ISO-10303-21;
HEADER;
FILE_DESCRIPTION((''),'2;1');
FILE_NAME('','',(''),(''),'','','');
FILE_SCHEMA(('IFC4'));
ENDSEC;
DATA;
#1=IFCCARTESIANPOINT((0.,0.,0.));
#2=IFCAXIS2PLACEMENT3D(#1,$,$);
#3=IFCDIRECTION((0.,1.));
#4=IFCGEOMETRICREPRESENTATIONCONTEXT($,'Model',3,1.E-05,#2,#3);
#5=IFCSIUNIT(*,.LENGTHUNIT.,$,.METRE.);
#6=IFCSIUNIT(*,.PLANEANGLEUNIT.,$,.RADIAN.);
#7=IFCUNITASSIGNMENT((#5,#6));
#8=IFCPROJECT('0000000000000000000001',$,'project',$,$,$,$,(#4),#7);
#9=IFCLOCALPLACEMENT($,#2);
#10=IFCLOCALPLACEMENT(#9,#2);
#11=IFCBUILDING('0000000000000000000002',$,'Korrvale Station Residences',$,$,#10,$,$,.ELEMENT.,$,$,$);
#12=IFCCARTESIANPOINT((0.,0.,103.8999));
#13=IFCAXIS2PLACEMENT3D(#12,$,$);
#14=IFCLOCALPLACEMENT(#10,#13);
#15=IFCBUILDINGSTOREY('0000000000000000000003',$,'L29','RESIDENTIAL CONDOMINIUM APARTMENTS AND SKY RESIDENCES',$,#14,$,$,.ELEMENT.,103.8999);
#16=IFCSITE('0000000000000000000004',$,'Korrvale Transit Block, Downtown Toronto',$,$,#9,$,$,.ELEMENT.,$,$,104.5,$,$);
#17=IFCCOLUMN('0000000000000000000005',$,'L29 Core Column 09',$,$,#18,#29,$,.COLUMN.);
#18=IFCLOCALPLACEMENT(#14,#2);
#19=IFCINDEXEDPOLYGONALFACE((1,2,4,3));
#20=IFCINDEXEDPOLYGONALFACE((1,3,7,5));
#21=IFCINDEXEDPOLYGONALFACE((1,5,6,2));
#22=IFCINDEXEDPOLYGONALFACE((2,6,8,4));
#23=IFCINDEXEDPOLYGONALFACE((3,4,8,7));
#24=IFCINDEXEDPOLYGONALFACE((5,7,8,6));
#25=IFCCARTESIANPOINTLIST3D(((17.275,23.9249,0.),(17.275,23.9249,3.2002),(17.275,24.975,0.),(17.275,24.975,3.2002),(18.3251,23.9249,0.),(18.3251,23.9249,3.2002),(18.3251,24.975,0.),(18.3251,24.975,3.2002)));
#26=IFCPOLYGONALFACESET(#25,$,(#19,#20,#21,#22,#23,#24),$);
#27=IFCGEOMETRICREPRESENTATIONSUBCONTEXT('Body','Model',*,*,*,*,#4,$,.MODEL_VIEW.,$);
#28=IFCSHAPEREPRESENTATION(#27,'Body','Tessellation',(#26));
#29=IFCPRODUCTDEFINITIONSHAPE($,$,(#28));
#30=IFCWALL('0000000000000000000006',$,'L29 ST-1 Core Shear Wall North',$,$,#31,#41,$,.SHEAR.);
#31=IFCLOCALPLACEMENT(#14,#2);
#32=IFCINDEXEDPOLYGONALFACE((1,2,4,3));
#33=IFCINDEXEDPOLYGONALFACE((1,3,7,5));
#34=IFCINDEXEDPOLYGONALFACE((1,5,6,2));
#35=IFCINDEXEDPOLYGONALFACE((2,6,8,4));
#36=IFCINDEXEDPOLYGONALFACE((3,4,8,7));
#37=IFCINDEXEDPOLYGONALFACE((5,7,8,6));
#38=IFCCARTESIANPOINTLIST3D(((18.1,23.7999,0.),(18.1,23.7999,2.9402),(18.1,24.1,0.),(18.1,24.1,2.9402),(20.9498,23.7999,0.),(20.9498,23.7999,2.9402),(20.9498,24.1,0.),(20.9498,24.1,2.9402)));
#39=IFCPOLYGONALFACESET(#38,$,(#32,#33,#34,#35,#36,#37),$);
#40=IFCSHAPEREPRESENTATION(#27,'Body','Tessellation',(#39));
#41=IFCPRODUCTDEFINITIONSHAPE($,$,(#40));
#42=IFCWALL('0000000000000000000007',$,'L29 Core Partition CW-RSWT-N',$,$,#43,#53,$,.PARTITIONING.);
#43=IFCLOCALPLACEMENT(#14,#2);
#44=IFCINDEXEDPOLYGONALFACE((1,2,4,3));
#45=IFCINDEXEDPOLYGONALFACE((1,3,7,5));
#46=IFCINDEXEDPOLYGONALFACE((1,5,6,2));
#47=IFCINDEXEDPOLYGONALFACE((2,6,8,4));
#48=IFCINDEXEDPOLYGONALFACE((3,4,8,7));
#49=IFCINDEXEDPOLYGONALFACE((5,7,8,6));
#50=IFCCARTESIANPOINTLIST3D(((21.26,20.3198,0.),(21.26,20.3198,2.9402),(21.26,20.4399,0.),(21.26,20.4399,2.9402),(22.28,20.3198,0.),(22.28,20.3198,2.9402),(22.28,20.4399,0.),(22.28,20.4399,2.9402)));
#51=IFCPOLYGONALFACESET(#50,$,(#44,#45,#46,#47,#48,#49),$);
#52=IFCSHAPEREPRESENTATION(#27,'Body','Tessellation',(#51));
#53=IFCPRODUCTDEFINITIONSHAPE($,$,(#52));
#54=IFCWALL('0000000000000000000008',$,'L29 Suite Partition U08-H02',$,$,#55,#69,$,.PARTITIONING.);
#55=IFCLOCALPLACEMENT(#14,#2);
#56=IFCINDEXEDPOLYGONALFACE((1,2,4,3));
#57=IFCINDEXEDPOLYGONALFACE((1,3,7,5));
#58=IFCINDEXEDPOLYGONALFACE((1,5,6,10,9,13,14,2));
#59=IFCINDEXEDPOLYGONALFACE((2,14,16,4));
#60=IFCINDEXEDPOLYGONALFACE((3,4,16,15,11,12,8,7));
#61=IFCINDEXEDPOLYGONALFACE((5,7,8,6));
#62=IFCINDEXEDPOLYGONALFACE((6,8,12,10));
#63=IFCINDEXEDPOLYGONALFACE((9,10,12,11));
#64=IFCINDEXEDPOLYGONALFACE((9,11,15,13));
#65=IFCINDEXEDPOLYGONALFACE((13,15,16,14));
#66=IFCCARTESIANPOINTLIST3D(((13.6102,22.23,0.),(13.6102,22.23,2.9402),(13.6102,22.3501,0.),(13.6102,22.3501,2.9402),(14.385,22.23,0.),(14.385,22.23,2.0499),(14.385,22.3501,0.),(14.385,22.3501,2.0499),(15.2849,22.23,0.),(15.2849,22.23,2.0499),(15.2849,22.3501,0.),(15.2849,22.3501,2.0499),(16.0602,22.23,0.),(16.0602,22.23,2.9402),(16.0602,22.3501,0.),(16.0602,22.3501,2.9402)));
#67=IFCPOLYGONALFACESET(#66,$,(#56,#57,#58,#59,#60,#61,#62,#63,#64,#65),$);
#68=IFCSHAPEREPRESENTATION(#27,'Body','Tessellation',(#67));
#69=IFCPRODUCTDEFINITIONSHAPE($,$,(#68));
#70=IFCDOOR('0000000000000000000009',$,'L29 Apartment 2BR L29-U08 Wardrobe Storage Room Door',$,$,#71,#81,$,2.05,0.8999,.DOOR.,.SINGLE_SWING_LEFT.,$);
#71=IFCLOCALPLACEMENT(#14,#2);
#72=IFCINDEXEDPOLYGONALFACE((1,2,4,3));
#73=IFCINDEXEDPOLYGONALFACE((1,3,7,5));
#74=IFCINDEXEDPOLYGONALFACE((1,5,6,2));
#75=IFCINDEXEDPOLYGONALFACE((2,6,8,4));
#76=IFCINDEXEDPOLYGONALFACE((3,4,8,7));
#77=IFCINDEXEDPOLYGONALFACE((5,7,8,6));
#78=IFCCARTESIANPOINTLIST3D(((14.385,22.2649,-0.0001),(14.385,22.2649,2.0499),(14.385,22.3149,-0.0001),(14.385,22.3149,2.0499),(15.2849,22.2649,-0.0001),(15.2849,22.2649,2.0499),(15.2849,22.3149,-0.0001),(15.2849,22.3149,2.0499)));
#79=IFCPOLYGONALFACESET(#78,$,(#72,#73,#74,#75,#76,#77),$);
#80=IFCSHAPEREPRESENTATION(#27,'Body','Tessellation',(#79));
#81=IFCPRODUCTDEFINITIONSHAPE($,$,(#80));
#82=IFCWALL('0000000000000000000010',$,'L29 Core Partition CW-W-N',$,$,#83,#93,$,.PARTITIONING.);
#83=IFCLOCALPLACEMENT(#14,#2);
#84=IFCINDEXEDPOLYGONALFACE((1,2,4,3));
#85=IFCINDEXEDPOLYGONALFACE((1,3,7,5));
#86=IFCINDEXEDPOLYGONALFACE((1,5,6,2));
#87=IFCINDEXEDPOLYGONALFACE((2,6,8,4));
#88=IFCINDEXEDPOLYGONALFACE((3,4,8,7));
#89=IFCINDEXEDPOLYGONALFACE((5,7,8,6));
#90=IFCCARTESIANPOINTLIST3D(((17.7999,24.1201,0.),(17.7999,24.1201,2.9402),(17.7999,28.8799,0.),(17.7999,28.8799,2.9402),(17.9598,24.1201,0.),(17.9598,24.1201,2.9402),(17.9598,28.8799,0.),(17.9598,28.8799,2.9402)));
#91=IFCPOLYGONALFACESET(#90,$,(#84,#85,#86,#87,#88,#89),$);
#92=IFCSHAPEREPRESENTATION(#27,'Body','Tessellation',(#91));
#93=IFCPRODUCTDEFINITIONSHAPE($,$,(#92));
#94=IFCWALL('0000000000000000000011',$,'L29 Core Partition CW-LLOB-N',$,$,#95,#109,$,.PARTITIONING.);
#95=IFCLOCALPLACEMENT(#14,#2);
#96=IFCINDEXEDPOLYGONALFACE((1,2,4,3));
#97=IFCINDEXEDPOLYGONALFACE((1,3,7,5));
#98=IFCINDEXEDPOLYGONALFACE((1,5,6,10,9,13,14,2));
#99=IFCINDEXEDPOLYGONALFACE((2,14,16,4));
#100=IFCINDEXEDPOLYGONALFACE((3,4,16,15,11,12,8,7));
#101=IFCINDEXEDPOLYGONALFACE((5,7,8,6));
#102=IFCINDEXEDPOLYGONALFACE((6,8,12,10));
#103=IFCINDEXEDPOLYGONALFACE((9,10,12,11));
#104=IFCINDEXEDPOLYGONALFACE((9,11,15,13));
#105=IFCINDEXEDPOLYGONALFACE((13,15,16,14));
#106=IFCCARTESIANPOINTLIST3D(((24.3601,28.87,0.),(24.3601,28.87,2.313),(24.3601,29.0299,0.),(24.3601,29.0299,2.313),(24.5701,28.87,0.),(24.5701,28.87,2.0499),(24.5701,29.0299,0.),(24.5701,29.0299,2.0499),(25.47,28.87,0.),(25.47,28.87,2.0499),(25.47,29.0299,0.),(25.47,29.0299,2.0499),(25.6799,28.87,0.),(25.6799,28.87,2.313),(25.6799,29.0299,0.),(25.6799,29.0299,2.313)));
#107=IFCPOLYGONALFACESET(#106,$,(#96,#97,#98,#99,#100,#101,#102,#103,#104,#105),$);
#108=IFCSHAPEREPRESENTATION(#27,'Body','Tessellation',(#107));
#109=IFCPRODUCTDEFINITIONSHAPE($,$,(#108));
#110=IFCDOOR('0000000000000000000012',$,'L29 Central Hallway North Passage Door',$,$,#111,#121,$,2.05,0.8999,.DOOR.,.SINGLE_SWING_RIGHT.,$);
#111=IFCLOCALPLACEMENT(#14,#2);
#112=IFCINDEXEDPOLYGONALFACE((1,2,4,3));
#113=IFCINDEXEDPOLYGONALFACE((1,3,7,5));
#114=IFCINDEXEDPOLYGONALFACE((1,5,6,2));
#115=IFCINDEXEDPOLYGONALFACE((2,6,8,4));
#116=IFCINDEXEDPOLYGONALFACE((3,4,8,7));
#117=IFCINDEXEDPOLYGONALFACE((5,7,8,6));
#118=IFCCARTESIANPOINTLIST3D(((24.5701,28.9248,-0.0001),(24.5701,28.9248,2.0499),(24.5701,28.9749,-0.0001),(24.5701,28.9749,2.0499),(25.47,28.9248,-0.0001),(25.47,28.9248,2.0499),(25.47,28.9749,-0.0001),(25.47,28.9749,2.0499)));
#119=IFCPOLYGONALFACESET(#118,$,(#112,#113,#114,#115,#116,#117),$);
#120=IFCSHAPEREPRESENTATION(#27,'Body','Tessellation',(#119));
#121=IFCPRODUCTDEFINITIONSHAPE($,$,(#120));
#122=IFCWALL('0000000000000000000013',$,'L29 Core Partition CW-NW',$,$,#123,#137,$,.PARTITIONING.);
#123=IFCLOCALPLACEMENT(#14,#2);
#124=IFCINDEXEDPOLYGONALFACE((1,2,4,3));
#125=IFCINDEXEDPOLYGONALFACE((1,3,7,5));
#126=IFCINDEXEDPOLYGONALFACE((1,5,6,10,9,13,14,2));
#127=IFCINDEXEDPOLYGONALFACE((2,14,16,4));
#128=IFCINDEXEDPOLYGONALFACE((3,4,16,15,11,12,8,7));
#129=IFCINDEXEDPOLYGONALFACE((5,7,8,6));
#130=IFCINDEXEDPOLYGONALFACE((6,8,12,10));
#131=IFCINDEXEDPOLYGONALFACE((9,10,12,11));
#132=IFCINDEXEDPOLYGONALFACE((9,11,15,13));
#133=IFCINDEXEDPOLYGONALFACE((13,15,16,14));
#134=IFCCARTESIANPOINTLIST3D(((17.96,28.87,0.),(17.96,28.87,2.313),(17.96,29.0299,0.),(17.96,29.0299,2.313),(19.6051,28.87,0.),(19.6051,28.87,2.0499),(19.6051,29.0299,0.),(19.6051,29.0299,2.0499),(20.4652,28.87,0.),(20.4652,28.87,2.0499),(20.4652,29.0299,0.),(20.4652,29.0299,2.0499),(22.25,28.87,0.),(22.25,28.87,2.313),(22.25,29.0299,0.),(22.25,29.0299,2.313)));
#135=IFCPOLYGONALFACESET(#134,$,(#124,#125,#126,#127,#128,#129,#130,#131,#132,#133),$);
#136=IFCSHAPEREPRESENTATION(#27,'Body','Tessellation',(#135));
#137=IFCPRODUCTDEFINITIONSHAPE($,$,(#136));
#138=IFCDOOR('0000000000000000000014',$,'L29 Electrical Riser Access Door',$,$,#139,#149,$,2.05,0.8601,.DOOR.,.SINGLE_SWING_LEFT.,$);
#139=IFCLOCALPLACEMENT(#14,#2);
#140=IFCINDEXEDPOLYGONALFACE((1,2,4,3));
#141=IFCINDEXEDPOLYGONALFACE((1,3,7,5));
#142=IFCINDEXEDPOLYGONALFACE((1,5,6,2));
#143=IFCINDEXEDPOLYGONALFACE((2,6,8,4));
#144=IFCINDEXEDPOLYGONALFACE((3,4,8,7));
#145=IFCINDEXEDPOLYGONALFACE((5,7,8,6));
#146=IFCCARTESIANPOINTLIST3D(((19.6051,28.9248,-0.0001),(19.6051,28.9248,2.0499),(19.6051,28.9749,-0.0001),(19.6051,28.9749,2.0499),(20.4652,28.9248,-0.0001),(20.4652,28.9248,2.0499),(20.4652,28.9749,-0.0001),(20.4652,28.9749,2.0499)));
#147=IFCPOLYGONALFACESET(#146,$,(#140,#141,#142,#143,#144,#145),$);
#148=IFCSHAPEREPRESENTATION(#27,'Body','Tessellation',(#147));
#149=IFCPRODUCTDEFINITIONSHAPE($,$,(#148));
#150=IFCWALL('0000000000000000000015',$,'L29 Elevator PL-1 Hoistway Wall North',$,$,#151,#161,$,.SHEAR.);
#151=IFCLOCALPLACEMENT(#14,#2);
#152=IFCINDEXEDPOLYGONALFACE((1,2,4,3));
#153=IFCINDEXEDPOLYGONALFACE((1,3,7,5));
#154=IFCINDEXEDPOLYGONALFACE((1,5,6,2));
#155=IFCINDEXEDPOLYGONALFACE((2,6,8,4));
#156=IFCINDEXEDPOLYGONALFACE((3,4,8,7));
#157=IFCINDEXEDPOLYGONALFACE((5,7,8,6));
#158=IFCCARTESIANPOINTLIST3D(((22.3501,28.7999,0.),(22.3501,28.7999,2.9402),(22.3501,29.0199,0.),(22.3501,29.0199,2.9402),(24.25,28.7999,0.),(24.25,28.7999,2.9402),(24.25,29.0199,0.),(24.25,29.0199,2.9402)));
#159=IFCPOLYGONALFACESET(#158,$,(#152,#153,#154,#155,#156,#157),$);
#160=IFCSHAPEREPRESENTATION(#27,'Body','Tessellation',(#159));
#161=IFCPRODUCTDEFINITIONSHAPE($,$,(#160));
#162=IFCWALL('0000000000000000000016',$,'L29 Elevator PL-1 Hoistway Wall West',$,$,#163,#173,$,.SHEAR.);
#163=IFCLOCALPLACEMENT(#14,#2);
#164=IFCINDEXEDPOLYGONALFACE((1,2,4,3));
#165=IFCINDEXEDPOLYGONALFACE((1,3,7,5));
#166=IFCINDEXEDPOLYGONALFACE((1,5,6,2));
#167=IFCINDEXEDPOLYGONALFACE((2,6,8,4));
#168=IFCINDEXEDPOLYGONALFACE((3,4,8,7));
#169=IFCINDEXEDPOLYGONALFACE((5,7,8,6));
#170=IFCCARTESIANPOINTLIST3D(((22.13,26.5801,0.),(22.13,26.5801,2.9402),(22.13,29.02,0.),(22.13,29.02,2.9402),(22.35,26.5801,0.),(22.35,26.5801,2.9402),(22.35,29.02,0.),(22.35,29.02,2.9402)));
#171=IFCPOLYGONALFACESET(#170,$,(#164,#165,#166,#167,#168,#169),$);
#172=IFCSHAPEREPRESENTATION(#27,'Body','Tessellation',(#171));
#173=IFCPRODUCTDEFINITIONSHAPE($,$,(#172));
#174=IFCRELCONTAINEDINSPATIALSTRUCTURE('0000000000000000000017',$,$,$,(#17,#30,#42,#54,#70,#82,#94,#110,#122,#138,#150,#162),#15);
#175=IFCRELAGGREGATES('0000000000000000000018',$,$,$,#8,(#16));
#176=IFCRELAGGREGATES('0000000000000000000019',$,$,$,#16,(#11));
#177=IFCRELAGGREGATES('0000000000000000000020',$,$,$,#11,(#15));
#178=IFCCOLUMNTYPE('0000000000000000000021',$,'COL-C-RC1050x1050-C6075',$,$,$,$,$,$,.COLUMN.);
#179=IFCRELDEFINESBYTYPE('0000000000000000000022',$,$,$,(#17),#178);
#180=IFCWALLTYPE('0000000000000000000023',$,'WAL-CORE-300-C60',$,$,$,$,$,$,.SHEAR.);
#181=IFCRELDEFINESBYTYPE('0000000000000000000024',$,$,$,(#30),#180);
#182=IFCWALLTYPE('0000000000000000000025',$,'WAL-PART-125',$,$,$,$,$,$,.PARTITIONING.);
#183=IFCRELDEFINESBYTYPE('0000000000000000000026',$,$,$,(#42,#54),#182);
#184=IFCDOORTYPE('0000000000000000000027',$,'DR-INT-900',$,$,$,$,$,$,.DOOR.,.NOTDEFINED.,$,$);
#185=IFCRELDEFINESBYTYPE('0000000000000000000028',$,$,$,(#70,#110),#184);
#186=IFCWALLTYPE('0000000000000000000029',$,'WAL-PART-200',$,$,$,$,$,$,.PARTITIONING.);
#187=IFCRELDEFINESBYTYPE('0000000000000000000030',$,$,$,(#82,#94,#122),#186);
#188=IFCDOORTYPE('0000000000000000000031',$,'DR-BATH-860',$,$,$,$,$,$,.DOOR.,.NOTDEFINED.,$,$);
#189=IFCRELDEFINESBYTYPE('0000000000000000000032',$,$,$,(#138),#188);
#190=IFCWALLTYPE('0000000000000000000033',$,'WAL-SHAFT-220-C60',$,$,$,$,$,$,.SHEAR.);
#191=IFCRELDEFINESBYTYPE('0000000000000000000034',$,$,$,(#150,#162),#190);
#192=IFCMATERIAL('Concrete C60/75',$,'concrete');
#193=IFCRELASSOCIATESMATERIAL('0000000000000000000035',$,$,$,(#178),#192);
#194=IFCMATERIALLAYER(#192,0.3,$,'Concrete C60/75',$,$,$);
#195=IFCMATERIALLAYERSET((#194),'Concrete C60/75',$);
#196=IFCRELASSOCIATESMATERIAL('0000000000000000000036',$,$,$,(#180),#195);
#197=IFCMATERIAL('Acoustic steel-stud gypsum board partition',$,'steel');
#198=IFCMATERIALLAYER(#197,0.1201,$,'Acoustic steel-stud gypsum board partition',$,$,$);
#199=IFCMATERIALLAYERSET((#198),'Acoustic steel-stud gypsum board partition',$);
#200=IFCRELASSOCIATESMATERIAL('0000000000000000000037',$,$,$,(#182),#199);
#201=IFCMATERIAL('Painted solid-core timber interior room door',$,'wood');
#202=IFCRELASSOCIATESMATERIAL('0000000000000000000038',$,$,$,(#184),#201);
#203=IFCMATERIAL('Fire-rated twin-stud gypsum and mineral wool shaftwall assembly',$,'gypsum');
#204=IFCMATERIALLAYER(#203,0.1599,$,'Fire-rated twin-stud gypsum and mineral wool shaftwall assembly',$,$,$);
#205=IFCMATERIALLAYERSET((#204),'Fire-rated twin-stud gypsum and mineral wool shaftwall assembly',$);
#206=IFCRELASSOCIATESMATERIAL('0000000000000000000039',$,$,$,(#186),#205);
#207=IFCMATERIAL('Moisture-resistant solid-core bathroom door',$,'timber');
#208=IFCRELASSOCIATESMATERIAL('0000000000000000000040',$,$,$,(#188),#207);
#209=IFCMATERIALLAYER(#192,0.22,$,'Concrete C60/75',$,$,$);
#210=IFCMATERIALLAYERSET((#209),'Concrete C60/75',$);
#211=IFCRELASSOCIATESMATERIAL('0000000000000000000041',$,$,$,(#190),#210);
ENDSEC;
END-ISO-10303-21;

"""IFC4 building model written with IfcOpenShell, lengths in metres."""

from ifc_helpers import new_model, si_unit, direction, frame, frame_2d, origin, origin_2d, place, context, subcontext, project, spatial, rectangle, extrude, material, layer, layer_set, material_profile, profile_set, type_object, element, fill, save


model = new_model("IFC4")

# Units and contexts
model_context = context("Model", 3, precision=1e-05, world=origin(), true_north=direction((0.0, 1.0)))
body_context = subcontext(model_context, "Body", "Model", "MODEL_VIEW")
ifc_project = project(units=[si_unit("LENGTHUNIT", "METRE"), si_unit("PLANEANGLEUNIT", "RADIAN")], contexts=[model_context])

# Site, building, storey
site_placement = place(None, origin())
site = spatial("IfcSite", under=ifc_project, at=site_placement, Name="Korrvale Transit Block, Downtown Toronto", CompositionType="ELEMENT", RefElevation=104.5)
building_placement = place(site_placement, origin())
building = spatial("IfcBuilding", under=site, at=building_placement, Name="Korrvale Station Residences", CompositionType="ELEMENT")
storey_placement = place(building_placement, frame((0.0, 0.0, 103.8999)))
storey = spatial("IfcBuildingStorey", under=building, at=storey_placement, Name="L29", Description="RESIDENTIAL CONDOMINIUM APARTMENTS AND SKY RESIDENCES", CompositionType="ELEMENT", Elevation=103.8999)

# Column
ifc_material_1 = material(Name="Concrete C60/75", Category="concrete")
ifc_material_profile = material_profile(ifc_material_1, rectangle(XDim=1.05, YDim=1.05, at=origin_2d()), Name="RC1050x1050")
ifc_profile_set = profile_set([ifc_material_profile], Name="Concrete C60/75")
column_type = type_object("IfcColumnType", Name="COL-C-RC1050x1050-C6075", PredefinedType="COLUMN", material=ifc_profile_set)
column_placement = place(storey_placement, frame((17.8, 24.45, 0.0), z_axis=(0.0, 0.0, 1.0), x_axis=(1.0, 0.0, 0.0)))
element("IfcColumn", 1, at=column_placement, inside=storey, type_object=column_type, Name="L29 Core Column 09", PredefinedType="COLUMN", context=body_context, shape_type="SweptSolid", body=[
    extrude(rectangle(XDim=1.05, YDim=1.05, at=origin_2d()), origin(), (0.0, 0.0, 1.0), 3.2002),
])

# Walls
ifc_layer_1 = layer(ifc_material_1, 0.3, Name="Concrete C60/75")
ifc_layer_set_1 = layer_set([ifc_layer_1], Name="Concrete C60/75")
wall_type_1 = type_object("IfcWallType", Name="WAL-CORE-300-C60", PredefinedType="SHEAR", material=ifc_layer_set_1)
wall_1_placement = place(storey_placement, frame((18.1001, 23.95, 0.0), z_axis=(0.0, 0.0, 1.0), x_axis=(1.0, 0.0, 0.0)))
element("IfcWall", 2, at=wall_1_placement, inside=storey, type_object=wall_type_1, Name="L29 ST-1 Core Shear Wall North", PredefinedType="SHEAR", context=body_context, shape_type="SweptSolid", body=[
    extrude(rectangle(XDim=2.8499, YDim=0.3, at=frame_2d((1.4248, 0.0))), origin(), (0.0, 0.0, 1.0), 2.9402),
])
ifc_material_2 = material(Name="Acoustic steel-stud gypsum board partition", Category="steel")
ifc_layer_2 = layer(ifc_material_2, 0.1201, Name="Acoustic steel-stud gypsum board partition")
ifc_layer_set_2 = layer_set([ifc_layer_2], Name="Acoustic steel-stud gypsum board partition")
wall_type_2 = type_object("IfcWallType", Name="WAL-PART-125", PredefinedType="PARTITIONING", material=ifc_layer_set_2)
wall_2_placement = place(storey_placement, frame((22.28, 20.3799, 0.0), z_axis=(0.0, 0.0, 1.0), x_axis=(-1.0, 0.0, 0.0)))
element("IfcWall", 3, at=wall_2_placement, inside=storey, type_object=wall_type_2, Name="L29 Core Partition CW-RSWT-N", PredefinedType="PARTITIONING", context=body_context, shape_type="SweptSolid", body=[
    extrude(rectangle(XDim=1.02, YDim=0.1201, at=frame_2d((0.51, 0.0))), origin(), (0.0, 0.0, 1.0), 2.9402),
])

# Wall, opening, door
wall_3_placement = place(storey_placement, frame((13.6101, 22.29, 0.0), z_axis=(0.0, 0.0, 1.0), x_axis=(1.0, 0.0, 0.0)))
wall_3 = element("IfcWall", 4, at=wall_3_placement, inside=storey, type_object=wall_type_2, Name="L29 Suite Partition U08-H02", PredefinedType="PARTITIONING", context=body_context, shape_type="SweptSolid", body=[
    extrude(rectangle(XDim=2.45, YDim=0.1201, at=frame_2d((1.2251, 0.0))), origin(), (0.0, 0.0, 1.0), 2.9402),
])
opening_1_placement = place(wall_3_placement, frame((0.7749, 0.0, 0.0)))
opening_1 = element("IfcOpeningElement", 5, at=opening_1_placement, cuts=wall_3, PredefinedType="OPENING", context=body_context, shape_type="SweptSolid", body=[
    extrude(rectangle(XDim=0.8999, YDim=2.05, at=frame_2d((0.45, 1.0249))), frame((0.0, 0.0701, 0.0), z_axis=(0.0, -1.0, 0.0), x_axis=(1.0, 0.0, 0.0)), (0.0, 0.0, 1.0), 0.1401),
])
ifc_material_3 = material(Name="Painted solid-core timber interior room door", Category="wood")
door_type_1 = type_object("IfcDoorType", Name="DR-INT-900", OperationType="NOTDEFINED", PredefinedType="DOOR", material=ifc_material_3)
door_1_placement = place(opening_1_placement, origin())
door_1 = element("IfcDoor", 6, at=door_1_placement, inside=storey, type_object=door_type_1, Name="L29 Apartment 2BR L29-U08 Wardrobe Storage Room Door", OperationType="SINGLE_SWING_LEFT", OverallHeight=2.05, OverallWidth=0.8999, PredefinedType="DOOR", context=body_context, shape_type="SweptSolid", body=[
    extrude(rectangle(XDim=0.8999, YDim=2.05, at=frame_2d((0.45, 1.0249))), frame((0.0, 0.0249, 0.0), z_axis=(0.0, -1.0, 0.0), x_axis=(1.0, 0.0, 0.0)), (0.0, 0.0, 1.0), 0.05),
])
fill(opening_1, door_1)

# Wall
ifc_material_4 = material(Name="Fire-rated twin-stud gypsum and mineral wool shaftwall assembly", Category="gypsum")
ifc_layer_3 = layer(ifc_material_4, 0.1599, Name="Fire-rated twin-stud gypsum and mineral wool shaftwall assembly")
ifc_layer_set_3 = layer_set([ifc_layer_3], Name="Fire-rated twin-stud gypsum and mineral wool shaftwall assembly")
wall_type_3 = type_object("IfcWallType", Name="WAL-PART-200", PredefinedType="PARTITIONING", material=ifc_layer_set_3)
wall_4_placement = place(storey_placement, frame((17.8799, 24.1201, 0.0), z_axis=(0.0, 0.0, 1.0), x_axis=(0.0, 1.0, 0.0)))
element("IfcWall", 7, at=wall_4_placement, inside=storey, type_object=wall_type_3, Name="L29 Core Partition CW-W-N", PredefinedType="PARTITIONING", context=body_context, shape_type="SweptSolid", body=[
    extrude(rectangle(XDim=4.7598, YDim=0.1599, at=frame_2d((2.3799, 0.0))), origin(), (0.0, 0.0, 1.0), 2.9402),
])

# Walls, openings, doors
wall_5_placement = place(storey_placement, frame((24.3601, 28.95, 0.0), z_axis=(0.0, 0.0, 1.0), x_axis=(1.0, 0.0, 0.0)))
wall_5 = element("IfcWall", 8, at=wall_5_placement, inside=storey, type_object=wall_type_3, Name="L29 Core Partition CW-LLOB-N", PredefinedType="PARTITIONING", context=body_context, shape_type="SweptSolid", body=[
    extrude(rectangle(XDim=1.3198, YDim=0.1599, at=frame_2d((0.6599, 0.0))), origin(), (0.0, 0.0, 1.0), 2.313),
])
opening_2_placement = place(wall_5_placement, frame((0.21, 0.0, 0.0)))
opening_2 = element("IfcOpeningElement", 9, at=opening_2_placement, cuts=wall_5, PredefinedType="OPENING", context=body_context, shape_type="SweptSolid", body=[
    extrude(rectangle(XDim=0.8999, YDim=2.05, at=frame_2d((0.45, 1.0249))), frame((0.0, 0.0898, 0.0), z_axis=(0.0, -1.0, 0.0), x_axis=(1.0, 0.0, 0.0)), (0.0, 0.0, 1.0), 0.1799),
])
door_2_placement = place(opening_2_placement, origin())
door_2 = element("IfcDoor", 10, at=door_2_placement, inside=storey, type_object=door_type_1, Name="L29 Central Hallway North Passage Door", OperationType="SINGLE_SWING_RIGHT", OverallHeight=2.05, OverallWidth=0.8999, PredefinedType="DOOR", context=body_context, shape_type="SweptSolid", body=[
    extrude(rectangle(XDim=0.8999, YDim=2.05, at=frame_2d((0.45, 1.0249))), frame((0.0, 0.0249, 0.0), z_axis=(0.0, -1.0, 0.0), x_axis=(1.0, 0.0, 0.0)), (0.0, 0.0, 1.0), 0.05),
])
fill(opening_2, door_2)
wall_6_placement = place(storey_placement, frame((17.96, 28.95, 0.0), z_axis=(0.0, 0.0, 1.0), x_axis=(1.0, 0.0, 0.0)))
wall_6 = element("IfcWall", 11, at=wall_6_placement, inside=storey, type_object=wall_type_3, Name="L29 Core Partition CW-NW", PredefinedType="PARTITIONING", context=body_context, shape_type="SweptSolid", body=[
    extrude(rectangle(XDim=4.29, YDim=0.1599, at=frame_2d((2.145, 0.0))), origin(), (0.0, 0.0, 1.0), 2.313),
])
opening_3_placement = place(wall_6_placement, frame((1.645, 0.0, 0.0)))
opening_3 = element("IfcOpeningElement", 12, at=opening_3_placement, cuts=wall_6, PredefinedType="OPENING", context=body_context, shape_type="SweptSolid", body=[
    extrude(rectangle(XDim=0.8601, YDim=2.05, at=frame_2d((0.4302, 1.0249))), frame((0.0, 0.0898, 0.0), z_axis=(0.0, -1.0, 0.0), x_axis=(1.0, 0.0, 0.0)), (0.0, 0.0, 1.0), 0.1799),
])
ifc_material_5 = material(Name="Moisture-resistant solid-core bathroom door", Category="timber")
door_type_2 = type_object("IfcDoorType", Name="DR-BATH-860", OperationType="NOTDEFINED", PredefinedType="DOOR", material=ifc_material_5)
door_3_placement = place(opening_3_placement, origin())
door_3 = element("IfcDoor", 13, at=door_3_placement, inside=storey, type_object=door_type_2, Name="L29 Electrical Riser Access Door", OperationType="SINGLE_SWING_LEFT", OverallHeight=2.05, OverallWidth=0.8601, PredefinedType="DOOR", context=body_context, shape_type="SweptSolid", body=[
    extrude(rectangle(XDim=0.8601, YDim=2.05, at=frame_2d((0.4302, 1.0249))), frame((0.0, 0.0249, 0.0), z_axis=(0.0, -1.0, 0.0), x_axis=(1.0, 0.0, 0.0)), (0.0, 0.0, 1.0), 0.05),
])
fill(opening_3, door_3)
ifc_layer_4 = layer(ifc_material_1, 0.22, Name="Concrete C60/75")
ifc_layer_set_4 = layer_set([ifc_layer_4], Name="Concrete C60/75")
wall_type_4 = type_object("IfcWallType", Name="WAL-SHAFT-220-C60", PredefinedType="SHEAR", material=ifc_layer_set_4)

# Walls
wall_7_placement = place(storey_placement, frame((22.3501, 28.9099, 0.0), z_axis=(0.0, 0.0, 1.0), x_axis=(1.0, 0.0, 0.0)))
element("IfcWall", 14, at=wall_7_placement, inside=storey, type_object=wall_type_4, Name="L29 Elevator PL-1 Hoistway Wall North", PredefinedType="SHEAR", context=body_context, shape_type="SweptSolid", body=[
    extrude(rectangle(XDim=1.8999, YDim=0.22, at=frame_2d((0.95, 0.0))), origin(), (0.0, 0.0, 1.0), 2.9402),
])
for number, where, z_axis, x_axis, name in (
    (15, (22.24, 26.5801, 0.0), (0.0, 0.0, 1.0), (0.0, 1.0, 0.0), "L29 Elevator PL-1 Hoistway Wall West"),
):
    element("IfcWall", number, at=place(storey_placement, frame(where, z_axis=z_axis, x_axis=x_axis)), inside=storey, type_object=wall_type_4, Name=name, PredefinedType="SHEAR", context=body_context, shape_type="SweptSolid", body=[
        extrude(rectangle(XDim=2.4399, YDim=0.22, at=frame_2d((1.22, 0.0))), origin(), (0.0, 0.0, 1.0), 2.9402),
    ])

save(model, "model.ifc")
